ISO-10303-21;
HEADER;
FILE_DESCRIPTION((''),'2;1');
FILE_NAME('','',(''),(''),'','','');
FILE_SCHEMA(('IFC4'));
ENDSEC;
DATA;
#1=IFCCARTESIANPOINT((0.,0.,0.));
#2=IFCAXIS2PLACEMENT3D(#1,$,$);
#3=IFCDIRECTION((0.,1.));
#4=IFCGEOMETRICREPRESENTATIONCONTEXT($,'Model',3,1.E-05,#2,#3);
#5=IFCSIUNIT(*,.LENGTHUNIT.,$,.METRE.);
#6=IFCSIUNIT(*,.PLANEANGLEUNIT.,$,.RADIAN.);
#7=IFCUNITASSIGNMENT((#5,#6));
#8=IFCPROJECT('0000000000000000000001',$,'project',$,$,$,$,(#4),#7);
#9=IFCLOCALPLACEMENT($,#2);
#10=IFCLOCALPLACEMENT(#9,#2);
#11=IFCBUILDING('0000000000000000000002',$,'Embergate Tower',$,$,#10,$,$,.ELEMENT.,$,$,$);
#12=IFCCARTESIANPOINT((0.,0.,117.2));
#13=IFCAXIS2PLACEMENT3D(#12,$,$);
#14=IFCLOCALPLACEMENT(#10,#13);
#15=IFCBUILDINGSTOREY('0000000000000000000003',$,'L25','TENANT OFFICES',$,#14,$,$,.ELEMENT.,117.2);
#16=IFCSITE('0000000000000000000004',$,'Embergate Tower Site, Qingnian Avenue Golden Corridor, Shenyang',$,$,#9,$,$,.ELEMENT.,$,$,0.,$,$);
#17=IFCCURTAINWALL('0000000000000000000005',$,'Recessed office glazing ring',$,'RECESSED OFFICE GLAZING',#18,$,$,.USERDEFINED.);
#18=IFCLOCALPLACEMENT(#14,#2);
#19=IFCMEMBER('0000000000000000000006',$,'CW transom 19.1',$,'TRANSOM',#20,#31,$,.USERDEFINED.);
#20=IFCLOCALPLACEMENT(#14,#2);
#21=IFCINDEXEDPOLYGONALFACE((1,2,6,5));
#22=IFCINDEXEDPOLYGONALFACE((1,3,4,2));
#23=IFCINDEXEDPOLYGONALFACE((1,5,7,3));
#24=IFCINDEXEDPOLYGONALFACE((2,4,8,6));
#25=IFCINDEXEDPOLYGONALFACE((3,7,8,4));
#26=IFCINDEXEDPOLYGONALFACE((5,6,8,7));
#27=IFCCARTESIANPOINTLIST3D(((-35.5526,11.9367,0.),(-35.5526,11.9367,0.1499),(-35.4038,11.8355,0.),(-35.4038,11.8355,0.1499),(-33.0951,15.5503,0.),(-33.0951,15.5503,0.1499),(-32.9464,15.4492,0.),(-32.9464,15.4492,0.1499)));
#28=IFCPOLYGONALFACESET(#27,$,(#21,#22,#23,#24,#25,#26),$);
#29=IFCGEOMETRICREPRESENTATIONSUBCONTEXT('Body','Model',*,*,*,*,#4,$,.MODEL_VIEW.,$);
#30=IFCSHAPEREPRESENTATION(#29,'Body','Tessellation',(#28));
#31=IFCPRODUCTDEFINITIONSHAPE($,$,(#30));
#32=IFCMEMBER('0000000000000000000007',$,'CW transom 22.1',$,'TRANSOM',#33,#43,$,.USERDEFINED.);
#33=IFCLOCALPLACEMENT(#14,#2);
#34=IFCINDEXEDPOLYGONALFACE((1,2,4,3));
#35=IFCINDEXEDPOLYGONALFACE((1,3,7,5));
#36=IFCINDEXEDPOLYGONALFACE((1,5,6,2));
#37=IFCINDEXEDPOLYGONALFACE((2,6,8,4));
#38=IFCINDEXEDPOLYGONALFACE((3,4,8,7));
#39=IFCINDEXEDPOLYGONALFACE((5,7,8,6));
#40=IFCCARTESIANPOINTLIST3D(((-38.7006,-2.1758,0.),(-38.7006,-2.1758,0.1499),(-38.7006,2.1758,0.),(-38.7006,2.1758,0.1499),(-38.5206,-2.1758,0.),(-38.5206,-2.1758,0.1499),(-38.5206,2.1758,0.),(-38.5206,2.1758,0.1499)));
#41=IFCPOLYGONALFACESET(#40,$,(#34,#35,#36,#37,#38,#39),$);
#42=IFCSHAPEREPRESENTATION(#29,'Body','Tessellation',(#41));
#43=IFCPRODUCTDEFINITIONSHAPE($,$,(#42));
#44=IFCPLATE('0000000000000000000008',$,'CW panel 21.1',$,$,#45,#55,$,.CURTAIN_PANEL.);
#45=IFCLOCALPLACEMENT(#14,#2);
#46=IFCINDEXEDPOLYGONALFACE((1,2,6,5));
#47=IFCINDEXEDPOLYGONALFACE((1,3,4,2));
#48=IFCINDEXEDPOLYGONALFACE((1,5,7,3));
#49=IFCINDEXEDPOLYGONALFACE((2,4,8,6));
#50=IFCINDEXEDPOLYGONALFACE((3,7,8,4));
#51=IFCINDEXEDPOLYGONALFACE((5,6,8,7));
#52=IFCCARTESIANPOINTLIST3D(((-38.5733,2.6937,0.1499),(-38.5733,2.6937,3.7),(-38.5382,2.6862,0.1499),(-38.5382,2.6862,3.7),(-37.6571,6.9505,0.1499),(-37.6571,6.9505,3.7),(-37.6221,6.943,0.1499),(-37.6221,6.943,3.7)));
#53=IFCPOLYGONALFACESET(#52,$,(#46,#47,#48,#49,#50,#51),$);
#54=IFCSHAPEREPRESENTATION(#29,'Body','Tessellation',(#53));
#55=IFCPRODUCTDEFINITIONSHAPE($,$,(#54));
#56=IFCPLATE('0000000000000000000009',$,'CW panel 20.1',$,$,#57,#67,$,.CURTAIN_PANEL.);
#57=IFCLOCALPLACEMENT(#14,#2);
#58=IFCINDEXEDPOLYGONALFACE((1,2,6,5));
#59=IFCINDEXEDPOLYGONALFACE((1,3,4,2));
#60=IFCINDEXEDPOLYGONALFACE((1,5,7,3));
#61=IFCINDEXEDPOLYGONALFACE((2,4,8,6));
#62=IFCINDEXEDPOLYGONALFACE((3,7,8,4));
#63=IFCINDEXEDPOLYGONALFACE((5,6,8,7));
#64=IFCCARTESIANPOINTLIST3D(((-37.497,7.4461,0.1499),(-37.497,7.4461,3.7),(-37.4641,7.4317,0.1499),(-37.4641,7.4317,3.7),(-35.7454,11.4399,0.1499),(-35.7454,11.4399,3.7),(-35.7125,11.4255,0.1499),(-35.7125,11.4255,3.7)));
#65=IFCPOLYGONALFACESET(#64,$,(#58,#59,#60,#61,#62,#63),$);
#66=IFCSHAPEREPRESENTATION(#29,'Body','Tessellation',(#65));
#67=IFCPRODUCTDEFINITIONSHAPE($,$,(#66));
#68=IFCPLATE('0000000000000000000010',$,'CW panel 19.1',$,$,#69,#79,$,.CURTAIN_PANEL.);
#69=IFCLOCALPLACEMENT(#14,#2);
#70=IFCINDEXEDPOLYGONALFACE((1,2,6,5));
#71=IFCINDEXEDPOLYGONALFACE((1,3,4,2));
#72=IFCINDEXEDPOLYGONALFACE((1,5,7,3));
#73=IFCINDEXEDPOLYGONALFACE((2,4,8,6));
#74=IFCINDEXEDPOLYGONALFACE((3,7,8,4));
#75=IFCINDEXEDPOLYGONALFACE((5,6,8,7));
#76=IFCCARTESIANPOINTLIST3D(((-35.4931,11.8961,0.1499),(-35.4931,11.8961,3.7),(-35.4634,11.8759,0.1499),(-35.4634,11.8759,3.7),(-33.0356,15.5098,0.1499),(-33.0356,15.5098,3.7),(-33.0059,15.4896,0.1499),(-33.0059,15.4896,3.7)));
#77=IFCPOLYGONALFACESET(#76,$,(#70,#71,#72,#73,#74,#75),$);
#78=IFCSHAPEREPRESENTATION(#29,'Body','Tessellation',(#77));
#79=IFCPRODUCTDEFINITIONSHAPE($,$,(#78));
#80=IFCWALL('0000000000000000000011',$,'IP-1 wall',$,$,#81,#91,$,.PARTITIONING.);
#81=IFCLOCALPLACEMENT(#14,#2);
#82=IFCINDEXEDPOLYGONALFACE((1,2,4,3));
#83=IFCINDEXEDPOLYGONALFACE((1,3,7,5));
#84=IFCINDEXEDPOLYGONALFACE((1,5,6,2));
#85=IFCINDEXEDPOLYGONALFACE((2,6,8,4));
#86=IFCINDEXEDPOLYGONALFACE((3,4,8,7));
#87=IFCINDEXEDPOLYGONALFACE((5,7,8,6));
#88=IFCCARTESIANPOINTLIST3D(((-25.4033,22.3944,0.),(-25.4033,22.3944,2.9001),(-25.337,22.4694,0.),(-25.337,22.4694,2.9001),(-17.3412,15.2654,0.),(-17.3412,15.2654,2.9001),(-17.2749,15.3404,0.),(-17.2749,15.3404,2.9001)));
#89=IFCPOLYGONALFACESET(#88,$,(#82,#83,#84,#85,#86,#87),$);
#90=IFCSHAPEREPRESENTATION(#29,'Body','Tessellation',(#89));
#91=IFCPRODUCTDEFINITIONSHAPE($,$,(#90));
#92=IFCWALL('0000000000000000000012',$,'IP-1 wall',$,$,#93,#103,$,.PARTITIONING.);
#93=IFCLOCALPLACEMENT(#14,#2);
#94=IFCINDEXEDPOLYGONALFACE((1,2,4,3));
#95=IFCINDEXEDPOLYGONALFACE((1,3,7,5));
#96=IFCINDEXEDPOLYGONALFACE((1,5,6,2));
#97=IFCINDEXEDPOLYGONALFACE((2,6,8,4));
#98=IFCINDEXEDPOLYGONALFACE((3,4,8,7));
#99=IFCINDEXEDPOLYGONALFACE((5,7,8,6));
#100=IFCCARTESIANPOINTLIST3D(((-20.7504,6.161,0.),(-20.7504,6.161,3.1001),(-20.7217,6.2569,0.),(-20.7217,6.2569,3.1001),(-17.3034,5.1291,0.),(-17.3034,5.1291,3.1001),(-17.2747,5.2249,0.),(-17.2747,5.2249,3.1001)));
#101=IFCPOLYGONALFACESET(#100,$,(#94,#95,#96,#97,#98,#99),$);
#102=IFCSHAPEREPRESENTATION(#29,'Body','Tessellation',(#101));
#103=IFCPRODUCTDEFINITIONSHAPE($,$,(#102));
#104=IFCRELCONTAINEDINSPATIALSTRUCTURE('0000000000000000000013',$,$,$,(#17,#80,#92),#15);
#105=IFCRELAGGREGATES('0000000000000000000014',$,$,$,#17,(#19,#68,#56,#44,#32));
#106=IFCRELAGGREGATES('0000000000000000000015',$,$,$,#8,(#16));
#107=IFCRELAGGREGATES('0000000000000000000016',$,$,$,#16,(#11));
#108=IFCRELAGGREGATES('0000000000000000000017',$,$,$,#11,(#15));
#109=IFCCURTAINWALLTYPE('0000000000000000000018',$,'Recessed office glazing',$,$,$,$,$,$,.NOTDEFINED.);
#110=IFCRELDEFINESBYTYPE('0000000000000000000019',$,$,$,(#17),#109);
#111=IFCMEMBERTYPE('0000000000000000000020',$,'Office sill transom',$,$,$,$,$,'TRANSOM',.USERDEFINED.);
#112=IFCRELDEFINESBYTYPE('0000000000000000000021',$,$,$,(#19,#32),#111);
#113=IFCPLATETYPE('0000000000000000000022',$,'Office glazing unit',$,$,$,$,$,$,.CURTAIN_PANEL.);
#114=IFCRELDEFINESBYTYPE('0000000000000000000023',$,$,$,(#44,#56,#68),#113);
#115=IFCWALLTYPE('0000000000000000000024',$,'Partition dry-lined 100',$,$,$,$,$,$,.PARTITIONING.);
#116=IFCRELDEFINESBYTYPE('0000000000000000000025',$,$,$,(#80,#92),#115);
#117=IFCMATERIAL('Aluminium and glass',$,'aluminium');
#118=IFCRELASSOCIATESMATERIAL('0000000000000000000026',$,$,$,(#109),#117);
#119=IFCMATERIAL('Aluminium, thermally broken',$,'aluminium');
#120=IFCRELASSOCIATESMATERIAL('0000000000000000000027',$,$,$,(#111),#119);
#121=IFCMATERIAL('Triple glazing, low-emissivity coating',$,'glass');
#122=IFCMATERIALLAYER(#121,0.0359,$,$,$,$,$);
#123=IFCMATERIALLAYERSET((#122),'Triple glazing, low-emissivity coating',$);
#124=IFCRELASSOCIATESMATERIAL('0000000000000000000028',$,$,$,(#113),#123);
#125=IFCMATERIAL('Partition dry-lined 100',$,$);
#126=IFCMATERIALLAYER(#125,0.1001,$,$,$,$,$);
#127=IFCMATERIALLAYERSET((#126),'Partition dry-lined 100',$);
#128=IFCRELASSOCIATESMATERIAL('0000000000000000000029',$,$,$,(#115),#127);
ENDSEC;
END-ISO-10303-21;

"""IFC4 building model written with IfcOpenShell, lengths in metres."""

from ifc_helpers import new_model, si_unit, direction, frame, frame_2d, origin, origin_2d, place, context, subcontext, project, spatial, rectangle, extrude, source, transform, mapped, material, layer, layer_set, material_profile, profile_set, type_object, element, aggregate, save


model = new_model("IFC4")

# Units and contexts
model_context = context("Model", 3, precision=1e-05, world=origin(), true_north=direction((0.0, 1.0)))
body_context = subcontext(model_context, "Body", "Model", "MODEL_VIEW")
ifc_project = project(units=[si_unit("LENGTHUNIT", "METRE"), si_unit("PLANEANGLEUNIT", "RADIAN")], contexts=[model_context])

# Site, building, storey
site_placement = place(None, origin())
site = spatial("IfcSite", under=ifc_project, at=site_placement, Name="Embergate Tower Site, Qingnian Avenue Golden Corridor, Shenyang", CompositionType="ELEMENT", RefElevation=0.0)
building_placement = place(site_placement, origin())
building = spatial("IfcBuilding", under=site, at=building_placement, Name="Embergate Tower", CompositionType="ELEMENT")
storey_placement = place(building_placement, frame((0.0, 0.0, 117.2)))
storey = spatial("IfcBuildingStorey", under=building, at=storey_placement, Name="L25", Description="TENANT OFFICES", CompositionType="ELEMENT", Elevation=117.2)

# Curtain wall, members, plates
ifc_material_1 = material(Name="Aluminium and glass", Category="aluminium")
curtain_wall_type = type_object("IfcCurtainWallType", Name="Recessed office glazing", PredefinedType="NOTDEFINED", material=ifc_material_1)
curtain_wall_placement = place(storey_placement, origin())
curtain_wall = element("IfcCurtainWall", 1, at=curtain_wall_placement, inside=storey, type_object=curtain_wall_type, Name="Recessed office glazing ring", ObjectType="RECESSED OFFICE GLAZING", PredefinedType="USERDEFINED")
ifc_material_2 = material(Name="Aluminium, thermally broken", Category="aluminium")
ifc_material_profile_1 = material_profile(ifc_material_2, rectangle(XDim=0.1799, YDim=0.1499, at=origin_2d()), Name="AL 150x180")
ifc_profile_set_1 = profile_set([ifc_material_profile_1], Name="Aluminium, thermally broken")
member_type_1 = type_object("IfcMemberType", Name="Office sill transom", ElementType="TRANSOM", PredefinedType="USERDEFINED", material=ifc_profile_set_1)
shared_shape_1 = source(origin(), body_context, "Body", "SweptSolid", [
    extrude(rectangle(XDim=0.1799, YDim=0.1499, at=origin_2d()), origin(), (0.0, 0.0, 1.0), 4.3701),
])
member_1_placement = place(storey_placement, frame((-33.0208, 15.4998, 0.075), z_axis=(-0.562334, -0.82691, 0.0), x_axis=(0.82691, -0.562334, 0.0)))
member_1 = element("IfcMember", 2, at=member_1_placement, type_object=member_type_1, Name="CW transom 19.1", ObjectType="TRANSOM", PredefinedType="USERDEFINED", context=body_context, shape_type="MappedRepresentation", body=[
    mapped(shared_shape_1, transform((0.0, 0.0, 0.0))),
])
shared_shape_2 = source(origin(), body_context, "Body", "SweptSolid", [
    extrude(rectangle(XDim=0.1799, YDim=0.1499, at=origin_2d()), origin(), (0.0, 0.0, 1.0), 4.3516),
])
member_2_placement = place(storey_placement, frame((-38.6106, 2.1758, 0.075), z_axis=(0.0, -1.0, 0.0), x_axis=(1.0, 0.0, 0.0)))
member_2 = element("IfcMember", 3, at=member_2_placement, type_object=member_type_1, Name="CW transom 22.1", ObjectType="TRANSOM", PredefinedType="USERDEFINED", context=body_context, shape_type="MappedRepresentation", body=[
    mapped(shared_shape_2, transform((0.0, 0.0, 0.0))),
])
ifc_material_3 = material(Name="Triple glazing, low-emissivity coating", Category="glass")
ifc_layer_1 = layer(ifc_material_3, 0.0359)
ifc_layer_set_1 = layer_set([ifc_layer_1], Name="Triple glazing, low-emissivity coating")
plate_type = type_object("IfcPlateType", Name="Office glazing unit", PredefinedType="CURTAIN_PANEL", material=ifc_layer_set_1)
shared_shape_3 = source(origin(), body_context, "Body", "SweptSolid", [
    extrude(rectangle(XDim=4.3542, YDim=0.0359, at=origin_2d()), origin(), (0.0, 0.0, 1.0), 3.55),
])
plate_1_placement = place(storey_placement, frame((-38.0977, 4.8184, 0.1499), z_axis=(0.0, 0.0, 1.0), x_axis=(-0.210395, -0.977616, 0.0)))
plate_1 = element("IfcPlate", 4, at=plate_1_placement, type_object=plate_type, Name="CW panel 21.1", PredefinedType="CURTAIN_PANEL", context=body_context, shape_type="MappedRepresentation", body=[
    mapped(shared_shape_3, transform((0.0, 0.0, 0.0))),
])
shared_shape_4 = source(origin(), body_context, "Body", "SweptSolid", [
    extrude(rectangle(XDim=4.3611, YDim=0.0359, at=origin_2d()), origin(), (0.0, 0.0, 1.0), 3.55),
])
plate_2_placement = place(storey_placement, frame((-36.6047, 9.4358, 0.1499), z_axis=(0.0, 0.0, 1.0), x_axis=(-0.401647, -0.915794, 0.0)))
plate_2 = element("IfcPlate", 5, at=plate_2_placement, type_object=plate_type, Name="CW panel 20.1", PredefinedType="CURTAIN_PANEL", context=body_context, shape_type="MappedRepresentation", body=[
    mapped(shared_shape_4, transform((0.0, 0.0, 0.0))),
])
shared_shape_5 = source(origin(), body_context, "Body", "SweptSolid", [
    extrude(rectangle(XDim=4.3701, YDim=0.0359, at=origin_2d()), origin(), (0.0, 0.0, 1.0), 3.55),
])
plate_3_placement = place(storey_placement, frame((-34.2495, 13.6929, 0.1499), z_axis=(0.0, 0.0, 1.0), x_axis=(-0.562337, -0.826908, 0.0)))
plate_3 = element("IfcPlate", 6, at=plate_3_placement, type_object=plate_type, Name="CW panel 19.1", PredefinedType="CURTAIN_PANEL", context=body_context, shape_type="MappedRepresentation", body=[
    mapped(shared_shape_5, transform((0.0, 0.0, 0.0))),
])
aggregate(curtain_wall, [member_1, plate_3, plate_2, plate_1, member_2])

# Walls
ifc_material_4 = material(Name="Partition dry-lined 100")
ifc_layer_2 = layer(ifc_material_4, 0.1001)
ifc_layer_set_2 = layer_set([ifc_layer_2], Name="Partition dry-lined 100")
wall_type = type_object("IfcWallType", Name="Partition dry-lined 100", PredefinedType="PARTITIONING", material=ifc_layer_set_2)
shared_shape_6 = source(origin(), body_context, "Body", "SweptSolid", [
    extrude(rectangle(XDim=10.762, YDim=0.1001, at=frame_2d((5.3809, 0.0))), origin(), (0.0, 0.0, 1.0), 2.9001),
])
wall_1_placement = place(storey_placement, frame((-17.3081, 15.303, 0.0), z_axis=(0.0, 0.0, 1.0), x_axis=(-0.749129, 0.662424, 0.0)))
element("IfcWall", 7, at=wall_1_placement, inside=storey, type_object=wall_type, Name="IP-1 wall", PredefinedType="PARTITIONING", context=body_context, shape_type="MappedRepresentation", body=[
    mapped(shared_shape_6, transform((0.0, 0.0, 0.0))),
])
shared_shape_7 = source(origin(), body_context, "Body", "SweptSolid", [
    extrude(rectangle(XDim=3.5981, YDim=0.1001, at=frame_2d((1.7991, 0.0))), origin(), (0.0, 0.0, 1.0), 3.1001),
])
wall_2_placement = place(storey_placement, frame((-17.2891, 5.177, 0.0), z_axis=(0.0, 0.0, 1.0), x_axis=(-0.957989, 0.286806, 0.0)))
element("IfcWall", 8, at=wall_2_placement, inside=storey, type_object=wall_type, Name="IP-1 wall", PredefinedType="PARTITIONING", context=body_context, shape_type="MappedRepresentation", body=[
    mapped(shared_shape_7, transform((0.0, 0.0, 0.0))),
])

save(model, "model.ifc")
